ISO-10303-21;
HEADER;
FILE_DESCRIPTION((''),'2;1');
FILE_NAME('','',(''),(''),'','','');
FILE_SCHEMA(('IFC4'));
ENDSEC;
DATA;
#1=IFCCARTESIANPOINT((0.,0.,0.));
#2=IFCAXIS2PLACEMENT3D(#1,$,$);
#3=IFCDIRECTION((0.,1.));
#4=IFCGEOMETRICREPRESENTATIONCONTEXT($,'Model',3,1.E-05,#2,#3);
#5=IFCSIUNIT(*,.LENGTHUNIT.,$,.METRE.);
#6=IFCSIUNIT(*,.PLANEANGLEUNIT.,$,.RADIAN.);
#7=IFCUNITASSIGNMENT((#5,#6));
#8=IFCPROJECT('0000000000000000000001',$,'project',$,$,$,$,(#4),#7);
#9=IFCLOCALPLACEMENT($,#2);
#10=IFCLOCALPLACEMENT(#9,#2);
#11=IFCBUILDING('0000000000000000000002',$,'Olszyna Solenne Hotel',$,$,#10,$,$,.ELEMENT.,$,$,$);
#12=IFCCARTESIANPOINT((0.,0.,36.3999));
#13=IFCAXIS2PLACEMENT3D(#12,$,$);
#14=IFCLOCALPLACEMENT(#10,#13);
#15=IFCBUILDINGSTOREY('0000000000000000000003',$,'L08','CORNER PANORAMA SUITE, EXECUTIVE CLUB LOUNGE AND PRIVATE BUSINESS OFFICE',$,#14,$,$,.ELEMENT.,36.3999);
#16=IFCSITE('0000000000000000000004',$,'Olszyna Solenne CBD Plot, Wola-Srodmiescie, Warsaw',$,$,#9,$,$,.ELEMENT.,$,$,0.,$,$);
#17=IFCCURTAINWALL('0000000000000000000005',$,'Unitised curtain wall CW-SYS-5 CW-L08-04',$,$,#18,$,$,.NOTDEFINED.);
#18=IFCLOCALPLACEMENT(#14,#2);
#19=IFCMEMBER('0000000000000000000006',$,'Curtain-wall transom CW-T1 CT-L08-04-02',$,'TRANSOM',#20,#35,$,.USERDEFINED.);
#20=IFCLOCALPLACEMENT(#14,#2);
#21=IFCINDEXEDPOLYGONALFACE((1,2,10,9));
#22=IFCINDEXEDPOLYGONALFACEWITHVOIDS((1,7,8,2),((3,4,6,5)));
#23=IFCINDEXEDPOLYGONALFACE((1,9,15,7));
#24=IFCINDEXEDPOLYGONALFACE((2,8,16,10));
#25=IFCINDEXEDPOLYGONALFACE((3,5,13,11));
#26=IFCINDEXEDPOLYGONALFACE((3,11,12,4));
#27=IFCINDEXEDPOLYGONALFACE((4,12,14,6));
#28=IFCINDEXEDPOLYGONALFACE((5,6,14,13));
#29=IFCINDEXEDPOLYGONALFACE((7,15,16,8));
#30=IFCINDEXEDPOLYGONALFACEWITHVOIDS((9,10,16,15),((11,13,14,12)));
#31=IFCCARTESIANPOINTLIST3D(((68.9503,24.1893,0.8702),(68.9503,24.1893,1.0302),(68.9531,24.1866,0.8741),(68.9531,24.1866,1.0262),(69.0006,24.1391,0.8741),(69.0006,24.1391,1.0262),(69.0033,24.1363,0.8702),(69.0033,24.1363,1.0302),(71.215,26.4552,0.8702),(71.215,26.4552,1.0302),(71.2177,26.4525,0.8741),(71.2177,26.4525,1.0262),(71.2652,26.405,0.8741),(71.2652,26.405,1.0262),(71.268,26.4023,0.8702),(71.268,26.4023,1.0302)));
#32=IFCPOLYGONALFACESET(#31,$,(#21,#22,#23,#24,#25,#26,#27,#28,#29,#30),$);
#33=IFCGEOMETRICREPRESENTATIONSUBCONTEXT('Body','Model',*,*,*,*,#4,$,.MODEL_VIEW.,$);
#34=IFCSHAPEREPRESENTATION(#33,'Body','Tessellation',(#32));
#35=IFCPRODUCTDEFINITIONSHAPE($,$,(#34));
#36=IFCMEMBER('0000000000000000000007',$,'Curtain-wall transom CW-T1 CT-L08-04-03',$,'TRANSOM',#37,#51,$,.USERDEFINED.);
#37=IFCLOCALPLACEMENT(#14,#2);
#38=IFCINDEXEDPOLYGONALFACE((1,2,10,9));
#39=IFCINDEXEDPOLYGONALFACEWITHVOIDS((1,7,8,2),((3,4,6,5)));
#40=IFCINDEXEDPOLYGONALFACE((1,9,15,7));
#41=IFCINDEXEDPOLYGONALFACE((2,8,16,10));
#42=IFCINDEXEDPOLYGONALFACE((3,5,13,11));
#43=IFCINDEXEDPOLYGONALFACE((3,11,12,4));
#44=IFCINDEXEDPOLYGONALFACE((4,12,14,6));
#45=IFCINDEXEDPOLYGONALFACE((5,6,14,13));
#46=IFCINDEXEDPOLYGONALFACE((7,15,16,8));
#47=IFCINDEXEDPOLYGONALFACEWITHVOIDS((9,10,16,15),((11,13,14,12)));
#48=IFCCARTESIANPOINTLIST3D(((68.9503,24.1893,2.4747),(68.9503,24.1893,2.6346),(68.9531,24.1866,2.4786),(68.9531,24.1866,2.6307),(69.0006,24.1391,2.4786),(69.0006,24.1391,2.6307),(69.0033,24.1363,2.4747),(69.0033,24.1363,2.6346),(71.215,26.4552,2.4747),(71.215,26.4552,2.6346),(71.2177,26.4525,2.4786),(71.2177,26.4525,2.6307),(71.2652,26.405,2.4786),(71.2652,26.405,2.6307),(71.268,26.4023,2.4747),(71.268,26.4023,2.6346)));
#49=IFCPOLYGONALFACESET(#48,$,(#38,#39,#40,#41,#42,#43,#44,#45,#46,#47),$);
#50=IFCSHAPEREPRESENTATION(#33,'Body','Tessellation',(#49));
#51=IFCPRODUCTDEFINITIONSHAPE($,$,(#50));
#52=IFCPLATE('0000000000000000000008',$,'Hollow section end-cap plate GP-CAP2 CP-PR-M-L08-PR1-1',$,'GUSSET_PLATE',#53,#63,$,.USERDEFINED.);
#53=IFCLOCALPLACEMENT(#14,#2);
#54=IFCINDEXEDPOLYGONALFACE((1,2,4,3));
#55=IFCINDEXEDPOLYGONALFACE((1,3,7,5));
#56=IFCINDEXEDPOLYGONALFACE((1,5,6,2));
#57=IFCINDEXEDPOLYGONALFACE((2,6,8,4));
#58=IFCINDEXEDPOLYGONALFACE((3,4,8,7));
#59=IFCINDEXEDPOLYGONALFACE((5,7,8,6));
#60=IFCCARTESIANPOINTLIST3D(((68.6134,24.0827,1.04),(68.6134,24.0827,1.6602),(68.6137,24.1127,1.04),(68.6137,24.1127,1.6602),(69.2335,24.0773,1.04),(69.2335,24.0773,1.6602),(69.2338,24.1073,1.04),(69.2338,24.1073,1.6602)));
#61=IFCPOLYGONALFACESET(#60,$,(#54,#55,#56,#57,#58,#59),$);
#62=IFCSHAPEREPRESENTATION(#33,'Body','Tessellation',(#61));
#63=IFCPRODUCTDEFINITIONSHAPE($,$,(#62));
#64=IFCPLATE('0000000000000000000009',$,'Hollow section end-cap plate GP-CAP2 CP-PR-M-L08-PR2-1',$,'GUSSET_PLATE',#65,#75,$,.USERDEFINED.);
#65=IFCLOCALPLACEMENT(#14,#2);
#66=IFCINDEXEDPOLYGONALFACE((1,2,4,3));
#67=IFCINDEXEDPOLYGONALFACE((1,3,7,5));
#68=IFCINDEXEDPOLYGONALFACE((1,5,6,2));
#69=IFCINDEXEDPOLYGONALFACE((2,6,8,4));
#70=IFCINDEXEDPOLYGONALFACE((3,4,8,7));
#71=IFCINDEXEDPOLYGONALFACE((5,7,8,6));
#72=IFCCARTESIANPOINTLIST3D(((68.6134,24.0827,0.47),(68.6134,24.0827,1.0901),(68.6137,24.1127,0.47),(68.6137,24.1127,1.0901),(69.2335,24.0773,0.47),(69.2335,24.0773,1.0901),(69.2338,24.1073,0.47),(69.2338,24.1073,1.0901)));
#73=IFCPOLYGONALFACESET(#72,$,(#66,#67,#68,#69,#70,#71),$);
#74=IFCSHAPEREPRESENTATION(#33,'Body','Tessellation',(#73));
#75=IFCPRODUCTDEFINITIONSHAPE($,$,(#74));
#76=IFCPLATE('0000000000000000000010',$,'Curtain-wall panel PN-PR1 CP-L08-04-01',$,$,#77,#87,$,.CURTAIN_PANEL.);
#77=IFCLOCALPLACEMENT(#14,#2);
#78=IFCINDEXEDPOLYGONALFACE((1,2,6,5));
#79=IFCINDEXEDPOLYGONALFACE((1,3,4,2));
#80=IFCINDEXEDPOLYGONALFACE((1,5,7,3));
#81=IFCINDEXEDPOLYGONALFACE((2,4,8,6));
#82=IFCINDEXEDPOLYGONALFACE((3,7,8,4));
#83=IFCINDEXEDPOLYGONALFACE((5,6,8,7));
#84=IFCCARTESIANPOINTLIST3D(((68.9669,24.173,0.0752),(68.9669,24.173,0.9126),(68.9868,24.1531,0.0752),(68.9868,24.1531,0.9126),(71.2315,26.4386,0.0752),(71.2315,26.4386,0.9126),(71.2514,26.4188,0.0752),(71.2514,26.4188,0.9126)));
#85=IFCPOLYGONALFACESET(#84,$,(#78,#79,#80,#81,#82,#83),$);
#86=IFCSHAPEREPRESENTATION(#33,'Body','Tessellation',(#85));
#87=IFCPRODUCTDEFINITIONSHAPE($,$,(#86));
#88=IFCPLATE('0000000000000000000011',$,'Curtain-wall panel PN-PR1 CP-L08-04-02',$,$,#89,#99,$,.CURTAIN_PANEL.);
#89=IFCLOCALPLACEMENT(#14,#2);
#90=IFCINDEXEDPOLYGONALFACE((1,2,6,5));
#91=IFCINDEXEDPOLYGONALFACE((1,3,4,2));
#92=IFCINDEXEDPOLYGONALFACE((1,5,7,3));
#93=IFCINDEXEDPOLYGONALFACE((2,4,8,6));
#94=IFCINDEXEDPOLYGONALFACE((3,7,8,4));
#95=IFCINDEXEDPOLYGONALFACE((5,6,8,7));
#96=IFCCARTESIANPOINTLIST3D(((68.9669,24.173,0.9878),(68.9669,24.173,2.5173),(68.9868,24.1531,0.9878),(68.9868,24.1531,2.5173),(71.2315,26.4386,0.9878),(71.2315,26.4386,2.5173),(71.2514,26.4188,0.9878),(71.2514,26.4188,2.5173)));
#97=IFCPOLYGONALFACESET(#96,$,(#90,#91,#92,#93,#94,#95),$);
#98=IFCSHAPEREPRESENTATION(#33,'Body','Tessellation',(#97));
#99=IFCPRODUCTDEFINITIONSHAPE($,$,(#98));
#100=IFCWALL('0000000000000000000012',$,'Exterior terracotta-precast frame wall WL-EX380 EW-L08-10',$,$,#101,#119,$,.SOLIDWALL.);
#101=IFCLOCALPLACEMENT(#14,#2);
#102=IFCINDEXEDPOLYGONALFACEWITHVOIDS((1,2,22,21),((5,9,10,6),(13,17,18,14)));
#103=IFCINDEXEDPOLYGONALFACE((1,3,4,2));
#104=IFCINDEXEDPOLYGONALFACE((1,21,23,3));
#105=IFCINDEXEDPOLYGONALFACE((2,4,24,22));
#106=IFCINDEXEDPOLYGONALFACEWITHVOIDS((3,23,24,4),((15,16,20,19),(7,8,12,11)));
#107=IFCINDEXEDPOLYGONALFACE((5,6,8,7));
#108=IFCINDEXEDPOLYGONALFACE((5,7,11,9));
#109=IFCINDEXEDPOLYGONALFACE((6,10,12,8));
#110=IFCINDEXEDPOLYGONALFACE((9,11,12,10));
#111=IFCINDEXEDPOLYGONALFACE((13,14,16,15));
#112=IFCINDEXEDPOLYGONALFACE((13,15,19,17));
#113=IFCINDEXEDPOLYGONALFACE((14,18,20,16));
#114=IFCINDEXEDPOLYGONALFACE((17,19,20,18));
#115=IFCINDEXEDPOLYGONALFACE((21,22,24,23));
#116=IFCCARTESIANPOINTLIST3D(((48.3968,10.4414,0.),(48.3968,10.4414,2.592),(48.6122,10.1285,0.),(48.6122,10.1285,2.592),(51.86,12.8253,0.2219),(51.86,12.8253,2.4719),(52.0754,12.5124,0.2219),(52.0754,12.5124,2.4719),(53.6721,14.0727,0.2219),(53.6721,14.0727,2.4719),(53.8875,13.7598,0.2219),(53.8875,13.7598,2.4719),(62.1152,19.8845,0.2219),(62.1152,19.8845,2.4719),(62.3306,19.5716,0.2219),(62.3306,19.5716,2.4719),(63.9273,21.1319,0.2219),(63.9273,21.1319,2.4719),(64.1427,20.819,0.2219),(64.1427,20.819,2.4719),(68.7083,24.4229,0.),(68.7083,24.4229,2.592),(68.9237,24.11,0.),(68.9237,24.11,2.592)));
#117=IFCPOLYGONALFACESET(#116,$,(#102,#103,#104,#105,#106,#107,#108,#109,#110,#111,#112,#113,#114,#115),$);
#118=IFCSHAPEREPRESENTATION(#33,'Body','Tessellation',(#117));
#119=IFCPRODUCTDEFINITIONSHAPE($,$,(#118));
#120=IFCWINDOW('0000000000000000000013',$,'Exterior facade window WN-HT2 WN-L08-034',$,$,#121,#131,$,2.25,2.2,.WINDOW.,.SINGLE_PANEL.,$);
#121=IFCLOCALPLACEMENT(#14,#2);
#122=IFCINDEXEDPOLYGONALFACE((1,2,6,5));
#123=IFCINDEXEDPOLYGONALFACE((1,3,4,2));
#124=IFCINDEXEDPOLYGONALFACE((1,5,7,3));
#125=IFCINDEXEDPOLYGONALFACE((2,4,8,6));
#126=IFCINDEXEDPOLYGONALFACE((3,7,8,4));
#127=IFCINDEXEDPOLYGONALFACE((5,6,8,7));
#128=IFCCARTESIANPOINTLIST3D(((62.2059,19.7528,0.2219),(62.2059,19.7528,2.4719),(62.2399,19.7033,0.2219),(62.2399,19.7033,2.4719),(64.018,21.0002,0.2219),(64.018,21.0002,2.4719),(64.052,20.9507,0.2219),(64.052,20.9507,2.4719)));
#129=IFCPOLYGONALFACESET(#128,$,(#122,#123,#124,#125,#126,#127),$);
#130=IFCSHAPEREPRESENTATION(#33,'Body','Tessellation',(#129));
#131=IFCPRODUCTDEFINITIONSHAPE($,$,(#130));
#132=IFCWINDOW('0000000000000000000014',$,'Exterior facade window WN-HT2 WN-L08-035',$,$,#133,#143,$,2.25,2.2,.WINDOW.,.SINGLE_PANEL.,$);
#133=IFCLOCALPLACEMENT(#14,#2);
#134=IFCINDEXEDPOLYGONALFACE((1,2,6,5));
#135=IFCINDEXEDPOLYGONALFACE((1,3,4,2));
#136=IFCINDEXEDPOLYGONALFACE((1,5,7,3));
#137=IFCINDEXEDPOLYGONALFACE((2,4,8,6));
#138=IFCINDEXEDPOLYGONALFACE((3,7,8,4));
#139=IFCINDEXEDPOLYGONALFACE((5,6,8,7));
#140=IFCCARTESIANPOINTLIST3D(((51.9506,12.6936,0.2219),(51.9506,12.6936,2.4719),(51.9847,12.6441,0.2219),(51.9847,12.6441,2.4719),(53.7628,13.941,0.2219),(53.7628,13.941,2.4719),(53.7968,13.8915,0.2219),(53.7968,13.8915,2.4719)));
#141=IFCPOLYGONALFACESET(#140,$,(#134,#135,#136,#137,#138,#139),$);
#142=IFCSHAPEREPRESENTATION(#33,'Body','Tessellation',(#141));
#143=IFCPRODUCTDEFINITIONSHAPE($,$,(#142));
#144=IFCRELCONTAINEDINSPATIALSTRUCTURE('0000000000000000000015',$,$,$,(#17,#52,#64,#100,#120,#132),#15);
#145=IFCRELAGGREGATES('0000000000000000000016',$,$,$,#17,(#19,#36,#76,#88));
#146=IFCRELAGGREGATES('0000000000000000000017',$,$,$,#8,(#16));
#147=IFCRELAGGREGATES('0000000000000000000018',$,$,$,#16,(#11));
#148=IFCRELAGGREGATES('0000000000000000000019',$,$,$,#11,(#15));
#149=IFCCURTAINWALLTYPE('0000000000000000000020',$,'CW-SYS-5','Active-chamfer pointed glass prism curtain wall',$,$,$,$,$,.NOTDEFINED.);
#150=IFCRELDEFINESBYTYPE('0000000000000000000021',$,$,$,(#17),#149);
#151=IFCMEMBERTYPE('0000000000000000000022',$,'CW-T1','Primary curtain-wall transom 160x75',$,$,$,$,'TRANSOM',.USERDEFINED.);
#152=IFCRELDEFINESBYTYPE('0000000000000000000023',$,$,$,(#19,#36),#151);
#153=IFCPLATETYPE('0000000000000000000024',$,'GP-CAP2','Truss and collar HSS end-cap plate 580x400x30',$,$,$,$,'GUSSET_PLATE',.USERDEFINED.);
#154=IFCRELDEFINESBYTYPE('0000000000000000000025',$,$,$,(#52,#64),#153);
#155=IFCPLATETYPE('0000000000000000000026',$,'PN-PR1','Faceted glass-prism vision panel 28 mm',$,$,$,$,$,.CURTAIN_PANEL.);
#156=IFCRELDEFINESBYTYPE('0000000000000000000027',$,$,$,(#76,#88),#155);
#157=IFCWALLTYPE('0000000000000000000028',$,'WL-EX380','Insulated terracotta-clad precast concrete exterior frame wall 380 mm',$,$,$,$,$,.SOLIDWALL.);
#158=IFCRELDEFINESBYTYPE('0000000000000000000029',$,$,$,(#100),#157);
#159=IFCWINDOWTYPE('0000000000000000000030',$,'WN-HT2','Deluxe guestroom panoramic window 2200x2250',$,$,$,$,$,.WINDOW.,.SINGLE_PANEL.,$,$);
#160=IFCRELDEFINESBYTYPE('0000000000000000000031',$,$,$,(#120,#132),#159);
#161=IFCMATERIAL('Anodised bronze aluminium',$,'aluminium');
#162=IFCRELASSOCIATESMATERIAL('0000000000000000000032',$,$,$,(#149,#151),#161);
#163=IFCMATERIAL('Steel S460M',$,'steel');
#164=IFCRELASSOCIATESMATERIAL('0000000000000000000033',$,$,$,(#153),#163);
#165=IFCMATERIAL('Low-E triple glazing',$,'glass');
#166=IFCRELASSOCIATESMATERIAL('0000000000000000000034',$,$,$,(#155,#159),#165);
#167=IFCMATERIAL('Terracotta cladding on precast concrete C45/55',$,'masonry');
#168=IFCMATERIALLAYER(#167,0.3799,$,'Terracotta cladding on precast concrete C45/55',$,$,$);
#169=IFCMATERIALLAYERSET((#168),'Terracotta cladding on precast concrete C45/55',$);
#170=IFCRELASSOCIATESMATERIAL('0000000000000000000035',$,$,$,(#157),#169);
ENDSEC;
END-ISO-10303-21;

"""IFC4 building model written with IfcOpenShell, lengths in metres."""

from ifc_helpers import new_model, si_unit, direction, frame, frame_2d, origin, origin_2d, place, context, subcontext, project, spatial, rectangle, hollow_rectangle, extrude, source, transform, mapped, material, layer, layer_set, material_profile, profile_set, type_object, type_shapes, element, fill, aggregate, save


model = new_model("IFC4")

# Units and contexts
model_context = context("Model", 3, precision=1e-05, world=origin(), true_north=direction((0.0, 1.0)))
body_context = subcontext(model_context, "Body", "Model", "MODEL_VIEW")
ifc_project = project(units=[si_unit("LENGTHUNIT", "METRE"), si_unit("PLANEANGLEUNIT", "RADIAN")], contexts=[model_context])

# Site, building, storey
site_placement = place(None, origin())
site = spatial("IfcSite", under=ifc_project, at=site_placement, Name="Olszyna Solenne CBD Plot, Wola-Srodmiescie, Warsaw", CompositionType="ELEMENT", RefElevation=0.0)
building_placement = place(site_placement, origin())
building = spatial("IfcBuilding", under=site, at=building_placement, Name="Olszyna Solenne Hotel", CompositionType="ELEMENT")
storey_placement = place(building_placement, frame((0.0, 0.0, 36.3999)))
storey = spatial("IfcBuildingStorey", under=building, at=storey_placement, Name="L08", Description="CORNER PANORAMA SUITE, EXECUTIVE CLUB LOUNGE AND PRIVATE BUSINESS OFFICE", CompositionType="ELEMENT", Elevation=36.3999)

# Shared definitions
ifc_material_1 = material(Name="Steel S460M", Category="steel")

# Shared definitions
ifc_material_2 = material(Name="Anodised bronze aluminium", Category="aluminium")
curtain_wall_type = type_object("IfcCurtainWallType", Name="CW-SYS-5", Description="Active-chamfer pointed glass prism curtain wall", PredefinedType="NOTDEFINED", material=ifc_material_2)

# Curtain wall, members
curtain_wall_1_placement = place(storey_placement, origin())
curtain_wall_1 = element("IfcCurtainWall", 1, at=curtain_wall_1_placement, inside=storey, type_object=curtain_wall_type, Name="Unitised curtain wall CW-SYS-5 CW-L08-04", PredefinedType="NOTDEFINED")
ifc_material_profile_1 = material_profile(ifc_material_2, hollow_rectangle(XDim=0.075, YDim=0.1599, WallThickness=0.0039, at=origin_2d()), Name="TRAN 160x75x4", Category="load-bearing")
ifc_profile_set_1 = profile_set([ifc_material_profile_1], Name="Anodised bronze aluminium")
member_type_1 = type_object("IfcMemberType", Name="CW-T1", Description="Primary curtain-wall transom 160x75", ElementType="TRANSOM", PredefinedType="USERDEFINED", material=ifc_profile_set_1)
shared_shape_1 = source(origin(), body_context, "Body", "SweptSolid", [
    extrude(hollow_rectangle(XDim=0.075, YDim=0.1599, WallThickness=0.0039, at=origin_2d()), origin(), (0.0, 0.0, 1.0), 3.2036),
])
member_1_placement = place(storey_placement, frame((68.9768, 24.1628, 0.9502), z_axis=(0.706916, 0.707297, 0.0), x_axis=(-0.707297, 0.706916, 0.0)))
member_1 = element("IfcMember", 2, at=member_1_placement, type_object=member_type_1, Name="Curtain-wall transom CW-T1 CT-L08-04-02", ObjectType="TRANSOM", PredefinedType="USERDEFINED", context=body_context, shape_type="MappedRepresentation", body=[
    mapped(shared_shape_1, transform((0.0, 0.0, 0.0), x_axis=(1.0, 0.0, 0.0), y_axis=(0.0, 1.0, 0.0), z_axis=(0.0, 0.0, 1.0), scale=1.0)),
])
member_2_placement = place(storey_placement, frame((68.9768, 24.1628, 2.5547), z_axis=(0.706916, 0.707297, 0.0), x_axis=(-0.707297, 0.706916, 0.0)))
member_2 = element("IfcMember", 3, at=member_2_placement, type_object=member_type_1, Name="Curtain-wall transom CW-T1 CT-L08-04-03", ObjectType="TRANSOM", PredefinedType="USERDEFINED", context=body_context, shape_type="MappedRepresentation", body=[
    mapped(shared_shape_1, transform((0.0, 0.0, 0.0), x_axis=(1.0, 0.0, 0.0), y_axis=(0.0, 1.0, 0.0), z_axis=(0.0, 0.0, 1.0), scale=1.0)),
])

# Plates
plate_type_1 = type_object("IfcPlateType", Name="GP-CAP2", Description="Truss and collar HSS end-cap plate 580x400x30", ElementType="GUSSET_PLATE", PredefinedType="USERDEFINED", material=ifc_material_1)
shared_shape_2 = source(origin(), body_context, "Body", "SweptSolid", [
    extrude(rectangle(XDim=0.03, YDim=0.6201, at=origin_2d()), origin(), (0.0, 0.0, 1.0), 0.6201),
])
for number, where, z_axis, x_axis, name in (
    (4, (68.9236, 24.095, 1.04), (0.0, 0.0, 1.0), (0.008727, 0.999962, 0.0), "Hollow section end-cap plate GP-CAP2 CP-PR-M-L08-PR1-1"),
    (5, (68.9236, 24.095, 0.47), (0.0, 0.0, 1.0), (0.008727, 0.999962, 0.0), "Hollow section end-cap plate GP-CAP2 CP-PR-M-L08-PR2-1"),
):
    element("IfcPlate", number, at=place(storey_placement, frame(where, z_axis=z_axis, x_axis=x_axis)), inside=storey, type_object=plate_type_1, Name=name, ObjectType="GUSSET_PLATE", PredefinedType="USERDEFINED", context=body_context, shape_type="MappedRepresentation", body=[
        mapped(shared_shape_2, transform((0.0, 0.0, 0.0), x_axis=(1.0, 0.0, 0.0), y_axis=(0.0, 1.0, 0.0), z_axis=(0.0, 0.0, 1.0), scale=1.0)),
    ])

# Plates
ifc_material_3 = material(Name="Low-E triple glazing", Category="glass")
plate_type_2 = type_object("IfcPlateType", Name="PN-PR1", Description="Faceted glass-prism vision panel 28 mm", PredefinedType="CURTAIN_PANEL", material=ifc_material_3)
shared_shape_3 = source(origin(), body_context, "Body", "SweptSolid", [
    extrude(rectangle(XDim=3.2034, YDim=0.0281, at=origin_2d()), origin(), (0.0, 0.0, 1.0), 0.8374),
])
plate_1_placement = place(storey_placement, frame((70.1091, 25.2959, 0.0752), z_axis=(0.0, 0.0, 1.0), x_axis=(0.706943, 0.707271, 0.0)))
plate_1 = element("IfcPlate", 6, at=plate_1_placement, type_object=plate_type_2, Name="Curtain-wall panel PN-PR1 CP-L08-04-01", PredefinedType="CURTAIN_PANEL", context=body_context, shape_type="MappedRepresentation", body=[
    mapped(shared_shape_3, transform((0.0, 0.0, 0.0), x_axis=(1.0, 0.0, 0.0), y_axis=(0.0, 1.0, 0.0), z_axis=(0.0, 0.0, 1.0), scale=1.0)),
])
shared_shape_4 = source(origin(), body_context, "Body", "SweptSolid", [
    extrude(rectangle(XDim=3.2034, YDim=0.0281, at=origin_2d()), origin(), (0.0, 0.0, 1.0), 1.5295),
])
plate_2_placement = place(storey_placement, frame((70.1091, 25.2959, 0.9878), z_axis=(0.0, 0.0, 1.0), x_axis=(0.706943, 0.707271, 0.0)))
plate_2 = element("IfcPlate", 7, at=plate_2_placement, type_object=plate_type_2, Name="Curtain-wall panel PN-PR1 CP-L08-04-02", PredefinedType="CURTAIN_PANEL", context=body_context, shape_type="MappedRepresentation", body=[
    mapped(shared_shape_4, transform((0.0, 0.0, 0.0), x_axis=(1.0, 0.0, 0.0), y_axis=(0.0, 1.0, 0.0), z_axis=(0.0, 0.0, 1.0), scale=1.0)),
])
aggregate(curtain_wall_1, [member_1, member_2, plate_1, plate_2])

# Wall, openings, windows
ifc_material_4 = material(Name="Terracotta cladding on precast concrete C45/55", Category="masonry")
ifc_layer_1 = layer(ifc_material_4, 0.3799, Name="Terracotta cladding on precast concrete C45/55")
ifc_layer_set_1 = layer_set([ifc_layer_1], Name="Terracotta cladding on precast concrete C45/55")
wall_type_1 = type_object("IfcWallType", Name="WL-EX380", Description="Insulated terracotta-clad precast concrete exterior frame wall 380 mm", PredefinedType="SOLIDWALL", material=ifc_layer_set_1)
wall_1_placement = place(storey_placement, frame((68.8159, 24.2664, 0.0), z_axis=(0.0, 0.0, 1.0), x_axis=(-0.823715, -0.567004, 0.0)))
wall_1 = element("IfcWall", 8, at=wall_1_placement, inside=storey, type_object=wall_type_1, Name="Exterior terracotta-precast frame wall WL-EX380 EW-L08-10", PredefinedType="SOLIDWALL", context=body_context, shape_type="SweptSolid", body=[
    extrude(rectangle(XDim=24.6584, YDim=0.3799, at=frame_2d((12.3291, 0.0))), origin(), (0.0, 0.0, 1.0), 2.592),
])
opening_1_placement = place(wall_1_placement, frame((5.804, 0.0, 0.2219)))
opening_1 = element("IfcOpeningElement", 9, at=opening_1_placement, cuts=wall_1, PredefinedType="OPENING", context=body_context, shape_type="SweptSolid", body=[
    extrude(rectangle(XDim=2.2, YDim=2.25, at=frame_2d((1.1001, 1.125))), frame((0.0, 0.2, 0.0), z_axis=(0.0, -1.0, 0.0), x_axis=(1.0, 0.0, 0.0)), (0.0, 0.0, 1.0), 0.3999),
])
opening_2_placement = place(wall_1_placement, frame((18.2539, 0.0, 0.2219)))
opening_2 = element("IfcOpeningElement", 10, at=opening_2_placement, cuts=wall_1, PredefinedType="OPENING", context=body_context, shape_type="SweptSolid", body=[
    extrude(rectangle(XDim=2.2, YDim=2.25, at=frame_2d((1.1001, 1.125))), frame((0.0, 0.2, 0.0), z_axis=(0.0, -1.0, 0.0), x_axis=(1.0, 0.0, 0.0)), (0.0, 0.0, 1.0), 0.3999),
])
window_type = type_object("IfcWindowType", Name="WN-HT2", Description="Deluxe guestroom panoramic window 2200x2250", PartitioningType="SINGLE_PANEL", PredefinedType="WINDOW", material=ifc_material_3)
shared_shape_5 = source(origin(), body_context, "Body", "SweptSolid", [
    extrude(rectangle(XDim=2.2, YDim=2.25, at=frame_2d((1.1001, 1.125))), frame((0.0, 0.03, 0.0), z_axis=(0.0, -1.0, 0.0), x_axis=(1.0, 0.0, 0.0)), (0.0, 0.0, 1.0), 0.0601),
])
type_shapes(window_type, [shared_shape_5])
window_1_placement = place(opening_1_placement, origin())
window_1 = element("IfcWindow", 11, at=window_1_placement, inside=storey, type_object=window_type, Name="Exterior facade window WN-HT2 WN-L08-034", OverallHeight=2.25, OverallWidth=2.2, PartitioningType="SINGLE_PANEL", PredefinedType="WINDOW", context=body_context, shape_type="MappedRepresentation", body=[
    mapped(shared_shape_5, transform((0.0, 0.0, 0.0), x_axis=(1.0, 0.0, 0.0), y_axis=(0.0, 1.0, 0.0), z_axis=(0.0, 0.0, 1.0), scale=1.0)),
])
fill(opening_1, window_1)
window_2_placement = place(opening_2_placement, origin())
window_2 = element("IfcWindow", 12, at=window_2_placement, inside=storey, type_object=window_type, Name="Exterior facade window WN-HT2 WN-L08-035", OverallHeight=2.25, OverallWidth=2.2, PartitioningType="SINGLE_PANEL", PredefinedType="WINDOW", context=body_context, shape_type="MappedRepresentation", body=[
    mapped(shared_shape_5, transform((0.0, 0.0, 0.0), x_axis=(1.0, 0.0, 0.0), y_axis=(0.0, 1.0, 0.0), z_axis=(0.0, 0.0, 1.0), scale=1.0)),
])
fill(opening_2, window_2)

save(model, "model.ifc")
